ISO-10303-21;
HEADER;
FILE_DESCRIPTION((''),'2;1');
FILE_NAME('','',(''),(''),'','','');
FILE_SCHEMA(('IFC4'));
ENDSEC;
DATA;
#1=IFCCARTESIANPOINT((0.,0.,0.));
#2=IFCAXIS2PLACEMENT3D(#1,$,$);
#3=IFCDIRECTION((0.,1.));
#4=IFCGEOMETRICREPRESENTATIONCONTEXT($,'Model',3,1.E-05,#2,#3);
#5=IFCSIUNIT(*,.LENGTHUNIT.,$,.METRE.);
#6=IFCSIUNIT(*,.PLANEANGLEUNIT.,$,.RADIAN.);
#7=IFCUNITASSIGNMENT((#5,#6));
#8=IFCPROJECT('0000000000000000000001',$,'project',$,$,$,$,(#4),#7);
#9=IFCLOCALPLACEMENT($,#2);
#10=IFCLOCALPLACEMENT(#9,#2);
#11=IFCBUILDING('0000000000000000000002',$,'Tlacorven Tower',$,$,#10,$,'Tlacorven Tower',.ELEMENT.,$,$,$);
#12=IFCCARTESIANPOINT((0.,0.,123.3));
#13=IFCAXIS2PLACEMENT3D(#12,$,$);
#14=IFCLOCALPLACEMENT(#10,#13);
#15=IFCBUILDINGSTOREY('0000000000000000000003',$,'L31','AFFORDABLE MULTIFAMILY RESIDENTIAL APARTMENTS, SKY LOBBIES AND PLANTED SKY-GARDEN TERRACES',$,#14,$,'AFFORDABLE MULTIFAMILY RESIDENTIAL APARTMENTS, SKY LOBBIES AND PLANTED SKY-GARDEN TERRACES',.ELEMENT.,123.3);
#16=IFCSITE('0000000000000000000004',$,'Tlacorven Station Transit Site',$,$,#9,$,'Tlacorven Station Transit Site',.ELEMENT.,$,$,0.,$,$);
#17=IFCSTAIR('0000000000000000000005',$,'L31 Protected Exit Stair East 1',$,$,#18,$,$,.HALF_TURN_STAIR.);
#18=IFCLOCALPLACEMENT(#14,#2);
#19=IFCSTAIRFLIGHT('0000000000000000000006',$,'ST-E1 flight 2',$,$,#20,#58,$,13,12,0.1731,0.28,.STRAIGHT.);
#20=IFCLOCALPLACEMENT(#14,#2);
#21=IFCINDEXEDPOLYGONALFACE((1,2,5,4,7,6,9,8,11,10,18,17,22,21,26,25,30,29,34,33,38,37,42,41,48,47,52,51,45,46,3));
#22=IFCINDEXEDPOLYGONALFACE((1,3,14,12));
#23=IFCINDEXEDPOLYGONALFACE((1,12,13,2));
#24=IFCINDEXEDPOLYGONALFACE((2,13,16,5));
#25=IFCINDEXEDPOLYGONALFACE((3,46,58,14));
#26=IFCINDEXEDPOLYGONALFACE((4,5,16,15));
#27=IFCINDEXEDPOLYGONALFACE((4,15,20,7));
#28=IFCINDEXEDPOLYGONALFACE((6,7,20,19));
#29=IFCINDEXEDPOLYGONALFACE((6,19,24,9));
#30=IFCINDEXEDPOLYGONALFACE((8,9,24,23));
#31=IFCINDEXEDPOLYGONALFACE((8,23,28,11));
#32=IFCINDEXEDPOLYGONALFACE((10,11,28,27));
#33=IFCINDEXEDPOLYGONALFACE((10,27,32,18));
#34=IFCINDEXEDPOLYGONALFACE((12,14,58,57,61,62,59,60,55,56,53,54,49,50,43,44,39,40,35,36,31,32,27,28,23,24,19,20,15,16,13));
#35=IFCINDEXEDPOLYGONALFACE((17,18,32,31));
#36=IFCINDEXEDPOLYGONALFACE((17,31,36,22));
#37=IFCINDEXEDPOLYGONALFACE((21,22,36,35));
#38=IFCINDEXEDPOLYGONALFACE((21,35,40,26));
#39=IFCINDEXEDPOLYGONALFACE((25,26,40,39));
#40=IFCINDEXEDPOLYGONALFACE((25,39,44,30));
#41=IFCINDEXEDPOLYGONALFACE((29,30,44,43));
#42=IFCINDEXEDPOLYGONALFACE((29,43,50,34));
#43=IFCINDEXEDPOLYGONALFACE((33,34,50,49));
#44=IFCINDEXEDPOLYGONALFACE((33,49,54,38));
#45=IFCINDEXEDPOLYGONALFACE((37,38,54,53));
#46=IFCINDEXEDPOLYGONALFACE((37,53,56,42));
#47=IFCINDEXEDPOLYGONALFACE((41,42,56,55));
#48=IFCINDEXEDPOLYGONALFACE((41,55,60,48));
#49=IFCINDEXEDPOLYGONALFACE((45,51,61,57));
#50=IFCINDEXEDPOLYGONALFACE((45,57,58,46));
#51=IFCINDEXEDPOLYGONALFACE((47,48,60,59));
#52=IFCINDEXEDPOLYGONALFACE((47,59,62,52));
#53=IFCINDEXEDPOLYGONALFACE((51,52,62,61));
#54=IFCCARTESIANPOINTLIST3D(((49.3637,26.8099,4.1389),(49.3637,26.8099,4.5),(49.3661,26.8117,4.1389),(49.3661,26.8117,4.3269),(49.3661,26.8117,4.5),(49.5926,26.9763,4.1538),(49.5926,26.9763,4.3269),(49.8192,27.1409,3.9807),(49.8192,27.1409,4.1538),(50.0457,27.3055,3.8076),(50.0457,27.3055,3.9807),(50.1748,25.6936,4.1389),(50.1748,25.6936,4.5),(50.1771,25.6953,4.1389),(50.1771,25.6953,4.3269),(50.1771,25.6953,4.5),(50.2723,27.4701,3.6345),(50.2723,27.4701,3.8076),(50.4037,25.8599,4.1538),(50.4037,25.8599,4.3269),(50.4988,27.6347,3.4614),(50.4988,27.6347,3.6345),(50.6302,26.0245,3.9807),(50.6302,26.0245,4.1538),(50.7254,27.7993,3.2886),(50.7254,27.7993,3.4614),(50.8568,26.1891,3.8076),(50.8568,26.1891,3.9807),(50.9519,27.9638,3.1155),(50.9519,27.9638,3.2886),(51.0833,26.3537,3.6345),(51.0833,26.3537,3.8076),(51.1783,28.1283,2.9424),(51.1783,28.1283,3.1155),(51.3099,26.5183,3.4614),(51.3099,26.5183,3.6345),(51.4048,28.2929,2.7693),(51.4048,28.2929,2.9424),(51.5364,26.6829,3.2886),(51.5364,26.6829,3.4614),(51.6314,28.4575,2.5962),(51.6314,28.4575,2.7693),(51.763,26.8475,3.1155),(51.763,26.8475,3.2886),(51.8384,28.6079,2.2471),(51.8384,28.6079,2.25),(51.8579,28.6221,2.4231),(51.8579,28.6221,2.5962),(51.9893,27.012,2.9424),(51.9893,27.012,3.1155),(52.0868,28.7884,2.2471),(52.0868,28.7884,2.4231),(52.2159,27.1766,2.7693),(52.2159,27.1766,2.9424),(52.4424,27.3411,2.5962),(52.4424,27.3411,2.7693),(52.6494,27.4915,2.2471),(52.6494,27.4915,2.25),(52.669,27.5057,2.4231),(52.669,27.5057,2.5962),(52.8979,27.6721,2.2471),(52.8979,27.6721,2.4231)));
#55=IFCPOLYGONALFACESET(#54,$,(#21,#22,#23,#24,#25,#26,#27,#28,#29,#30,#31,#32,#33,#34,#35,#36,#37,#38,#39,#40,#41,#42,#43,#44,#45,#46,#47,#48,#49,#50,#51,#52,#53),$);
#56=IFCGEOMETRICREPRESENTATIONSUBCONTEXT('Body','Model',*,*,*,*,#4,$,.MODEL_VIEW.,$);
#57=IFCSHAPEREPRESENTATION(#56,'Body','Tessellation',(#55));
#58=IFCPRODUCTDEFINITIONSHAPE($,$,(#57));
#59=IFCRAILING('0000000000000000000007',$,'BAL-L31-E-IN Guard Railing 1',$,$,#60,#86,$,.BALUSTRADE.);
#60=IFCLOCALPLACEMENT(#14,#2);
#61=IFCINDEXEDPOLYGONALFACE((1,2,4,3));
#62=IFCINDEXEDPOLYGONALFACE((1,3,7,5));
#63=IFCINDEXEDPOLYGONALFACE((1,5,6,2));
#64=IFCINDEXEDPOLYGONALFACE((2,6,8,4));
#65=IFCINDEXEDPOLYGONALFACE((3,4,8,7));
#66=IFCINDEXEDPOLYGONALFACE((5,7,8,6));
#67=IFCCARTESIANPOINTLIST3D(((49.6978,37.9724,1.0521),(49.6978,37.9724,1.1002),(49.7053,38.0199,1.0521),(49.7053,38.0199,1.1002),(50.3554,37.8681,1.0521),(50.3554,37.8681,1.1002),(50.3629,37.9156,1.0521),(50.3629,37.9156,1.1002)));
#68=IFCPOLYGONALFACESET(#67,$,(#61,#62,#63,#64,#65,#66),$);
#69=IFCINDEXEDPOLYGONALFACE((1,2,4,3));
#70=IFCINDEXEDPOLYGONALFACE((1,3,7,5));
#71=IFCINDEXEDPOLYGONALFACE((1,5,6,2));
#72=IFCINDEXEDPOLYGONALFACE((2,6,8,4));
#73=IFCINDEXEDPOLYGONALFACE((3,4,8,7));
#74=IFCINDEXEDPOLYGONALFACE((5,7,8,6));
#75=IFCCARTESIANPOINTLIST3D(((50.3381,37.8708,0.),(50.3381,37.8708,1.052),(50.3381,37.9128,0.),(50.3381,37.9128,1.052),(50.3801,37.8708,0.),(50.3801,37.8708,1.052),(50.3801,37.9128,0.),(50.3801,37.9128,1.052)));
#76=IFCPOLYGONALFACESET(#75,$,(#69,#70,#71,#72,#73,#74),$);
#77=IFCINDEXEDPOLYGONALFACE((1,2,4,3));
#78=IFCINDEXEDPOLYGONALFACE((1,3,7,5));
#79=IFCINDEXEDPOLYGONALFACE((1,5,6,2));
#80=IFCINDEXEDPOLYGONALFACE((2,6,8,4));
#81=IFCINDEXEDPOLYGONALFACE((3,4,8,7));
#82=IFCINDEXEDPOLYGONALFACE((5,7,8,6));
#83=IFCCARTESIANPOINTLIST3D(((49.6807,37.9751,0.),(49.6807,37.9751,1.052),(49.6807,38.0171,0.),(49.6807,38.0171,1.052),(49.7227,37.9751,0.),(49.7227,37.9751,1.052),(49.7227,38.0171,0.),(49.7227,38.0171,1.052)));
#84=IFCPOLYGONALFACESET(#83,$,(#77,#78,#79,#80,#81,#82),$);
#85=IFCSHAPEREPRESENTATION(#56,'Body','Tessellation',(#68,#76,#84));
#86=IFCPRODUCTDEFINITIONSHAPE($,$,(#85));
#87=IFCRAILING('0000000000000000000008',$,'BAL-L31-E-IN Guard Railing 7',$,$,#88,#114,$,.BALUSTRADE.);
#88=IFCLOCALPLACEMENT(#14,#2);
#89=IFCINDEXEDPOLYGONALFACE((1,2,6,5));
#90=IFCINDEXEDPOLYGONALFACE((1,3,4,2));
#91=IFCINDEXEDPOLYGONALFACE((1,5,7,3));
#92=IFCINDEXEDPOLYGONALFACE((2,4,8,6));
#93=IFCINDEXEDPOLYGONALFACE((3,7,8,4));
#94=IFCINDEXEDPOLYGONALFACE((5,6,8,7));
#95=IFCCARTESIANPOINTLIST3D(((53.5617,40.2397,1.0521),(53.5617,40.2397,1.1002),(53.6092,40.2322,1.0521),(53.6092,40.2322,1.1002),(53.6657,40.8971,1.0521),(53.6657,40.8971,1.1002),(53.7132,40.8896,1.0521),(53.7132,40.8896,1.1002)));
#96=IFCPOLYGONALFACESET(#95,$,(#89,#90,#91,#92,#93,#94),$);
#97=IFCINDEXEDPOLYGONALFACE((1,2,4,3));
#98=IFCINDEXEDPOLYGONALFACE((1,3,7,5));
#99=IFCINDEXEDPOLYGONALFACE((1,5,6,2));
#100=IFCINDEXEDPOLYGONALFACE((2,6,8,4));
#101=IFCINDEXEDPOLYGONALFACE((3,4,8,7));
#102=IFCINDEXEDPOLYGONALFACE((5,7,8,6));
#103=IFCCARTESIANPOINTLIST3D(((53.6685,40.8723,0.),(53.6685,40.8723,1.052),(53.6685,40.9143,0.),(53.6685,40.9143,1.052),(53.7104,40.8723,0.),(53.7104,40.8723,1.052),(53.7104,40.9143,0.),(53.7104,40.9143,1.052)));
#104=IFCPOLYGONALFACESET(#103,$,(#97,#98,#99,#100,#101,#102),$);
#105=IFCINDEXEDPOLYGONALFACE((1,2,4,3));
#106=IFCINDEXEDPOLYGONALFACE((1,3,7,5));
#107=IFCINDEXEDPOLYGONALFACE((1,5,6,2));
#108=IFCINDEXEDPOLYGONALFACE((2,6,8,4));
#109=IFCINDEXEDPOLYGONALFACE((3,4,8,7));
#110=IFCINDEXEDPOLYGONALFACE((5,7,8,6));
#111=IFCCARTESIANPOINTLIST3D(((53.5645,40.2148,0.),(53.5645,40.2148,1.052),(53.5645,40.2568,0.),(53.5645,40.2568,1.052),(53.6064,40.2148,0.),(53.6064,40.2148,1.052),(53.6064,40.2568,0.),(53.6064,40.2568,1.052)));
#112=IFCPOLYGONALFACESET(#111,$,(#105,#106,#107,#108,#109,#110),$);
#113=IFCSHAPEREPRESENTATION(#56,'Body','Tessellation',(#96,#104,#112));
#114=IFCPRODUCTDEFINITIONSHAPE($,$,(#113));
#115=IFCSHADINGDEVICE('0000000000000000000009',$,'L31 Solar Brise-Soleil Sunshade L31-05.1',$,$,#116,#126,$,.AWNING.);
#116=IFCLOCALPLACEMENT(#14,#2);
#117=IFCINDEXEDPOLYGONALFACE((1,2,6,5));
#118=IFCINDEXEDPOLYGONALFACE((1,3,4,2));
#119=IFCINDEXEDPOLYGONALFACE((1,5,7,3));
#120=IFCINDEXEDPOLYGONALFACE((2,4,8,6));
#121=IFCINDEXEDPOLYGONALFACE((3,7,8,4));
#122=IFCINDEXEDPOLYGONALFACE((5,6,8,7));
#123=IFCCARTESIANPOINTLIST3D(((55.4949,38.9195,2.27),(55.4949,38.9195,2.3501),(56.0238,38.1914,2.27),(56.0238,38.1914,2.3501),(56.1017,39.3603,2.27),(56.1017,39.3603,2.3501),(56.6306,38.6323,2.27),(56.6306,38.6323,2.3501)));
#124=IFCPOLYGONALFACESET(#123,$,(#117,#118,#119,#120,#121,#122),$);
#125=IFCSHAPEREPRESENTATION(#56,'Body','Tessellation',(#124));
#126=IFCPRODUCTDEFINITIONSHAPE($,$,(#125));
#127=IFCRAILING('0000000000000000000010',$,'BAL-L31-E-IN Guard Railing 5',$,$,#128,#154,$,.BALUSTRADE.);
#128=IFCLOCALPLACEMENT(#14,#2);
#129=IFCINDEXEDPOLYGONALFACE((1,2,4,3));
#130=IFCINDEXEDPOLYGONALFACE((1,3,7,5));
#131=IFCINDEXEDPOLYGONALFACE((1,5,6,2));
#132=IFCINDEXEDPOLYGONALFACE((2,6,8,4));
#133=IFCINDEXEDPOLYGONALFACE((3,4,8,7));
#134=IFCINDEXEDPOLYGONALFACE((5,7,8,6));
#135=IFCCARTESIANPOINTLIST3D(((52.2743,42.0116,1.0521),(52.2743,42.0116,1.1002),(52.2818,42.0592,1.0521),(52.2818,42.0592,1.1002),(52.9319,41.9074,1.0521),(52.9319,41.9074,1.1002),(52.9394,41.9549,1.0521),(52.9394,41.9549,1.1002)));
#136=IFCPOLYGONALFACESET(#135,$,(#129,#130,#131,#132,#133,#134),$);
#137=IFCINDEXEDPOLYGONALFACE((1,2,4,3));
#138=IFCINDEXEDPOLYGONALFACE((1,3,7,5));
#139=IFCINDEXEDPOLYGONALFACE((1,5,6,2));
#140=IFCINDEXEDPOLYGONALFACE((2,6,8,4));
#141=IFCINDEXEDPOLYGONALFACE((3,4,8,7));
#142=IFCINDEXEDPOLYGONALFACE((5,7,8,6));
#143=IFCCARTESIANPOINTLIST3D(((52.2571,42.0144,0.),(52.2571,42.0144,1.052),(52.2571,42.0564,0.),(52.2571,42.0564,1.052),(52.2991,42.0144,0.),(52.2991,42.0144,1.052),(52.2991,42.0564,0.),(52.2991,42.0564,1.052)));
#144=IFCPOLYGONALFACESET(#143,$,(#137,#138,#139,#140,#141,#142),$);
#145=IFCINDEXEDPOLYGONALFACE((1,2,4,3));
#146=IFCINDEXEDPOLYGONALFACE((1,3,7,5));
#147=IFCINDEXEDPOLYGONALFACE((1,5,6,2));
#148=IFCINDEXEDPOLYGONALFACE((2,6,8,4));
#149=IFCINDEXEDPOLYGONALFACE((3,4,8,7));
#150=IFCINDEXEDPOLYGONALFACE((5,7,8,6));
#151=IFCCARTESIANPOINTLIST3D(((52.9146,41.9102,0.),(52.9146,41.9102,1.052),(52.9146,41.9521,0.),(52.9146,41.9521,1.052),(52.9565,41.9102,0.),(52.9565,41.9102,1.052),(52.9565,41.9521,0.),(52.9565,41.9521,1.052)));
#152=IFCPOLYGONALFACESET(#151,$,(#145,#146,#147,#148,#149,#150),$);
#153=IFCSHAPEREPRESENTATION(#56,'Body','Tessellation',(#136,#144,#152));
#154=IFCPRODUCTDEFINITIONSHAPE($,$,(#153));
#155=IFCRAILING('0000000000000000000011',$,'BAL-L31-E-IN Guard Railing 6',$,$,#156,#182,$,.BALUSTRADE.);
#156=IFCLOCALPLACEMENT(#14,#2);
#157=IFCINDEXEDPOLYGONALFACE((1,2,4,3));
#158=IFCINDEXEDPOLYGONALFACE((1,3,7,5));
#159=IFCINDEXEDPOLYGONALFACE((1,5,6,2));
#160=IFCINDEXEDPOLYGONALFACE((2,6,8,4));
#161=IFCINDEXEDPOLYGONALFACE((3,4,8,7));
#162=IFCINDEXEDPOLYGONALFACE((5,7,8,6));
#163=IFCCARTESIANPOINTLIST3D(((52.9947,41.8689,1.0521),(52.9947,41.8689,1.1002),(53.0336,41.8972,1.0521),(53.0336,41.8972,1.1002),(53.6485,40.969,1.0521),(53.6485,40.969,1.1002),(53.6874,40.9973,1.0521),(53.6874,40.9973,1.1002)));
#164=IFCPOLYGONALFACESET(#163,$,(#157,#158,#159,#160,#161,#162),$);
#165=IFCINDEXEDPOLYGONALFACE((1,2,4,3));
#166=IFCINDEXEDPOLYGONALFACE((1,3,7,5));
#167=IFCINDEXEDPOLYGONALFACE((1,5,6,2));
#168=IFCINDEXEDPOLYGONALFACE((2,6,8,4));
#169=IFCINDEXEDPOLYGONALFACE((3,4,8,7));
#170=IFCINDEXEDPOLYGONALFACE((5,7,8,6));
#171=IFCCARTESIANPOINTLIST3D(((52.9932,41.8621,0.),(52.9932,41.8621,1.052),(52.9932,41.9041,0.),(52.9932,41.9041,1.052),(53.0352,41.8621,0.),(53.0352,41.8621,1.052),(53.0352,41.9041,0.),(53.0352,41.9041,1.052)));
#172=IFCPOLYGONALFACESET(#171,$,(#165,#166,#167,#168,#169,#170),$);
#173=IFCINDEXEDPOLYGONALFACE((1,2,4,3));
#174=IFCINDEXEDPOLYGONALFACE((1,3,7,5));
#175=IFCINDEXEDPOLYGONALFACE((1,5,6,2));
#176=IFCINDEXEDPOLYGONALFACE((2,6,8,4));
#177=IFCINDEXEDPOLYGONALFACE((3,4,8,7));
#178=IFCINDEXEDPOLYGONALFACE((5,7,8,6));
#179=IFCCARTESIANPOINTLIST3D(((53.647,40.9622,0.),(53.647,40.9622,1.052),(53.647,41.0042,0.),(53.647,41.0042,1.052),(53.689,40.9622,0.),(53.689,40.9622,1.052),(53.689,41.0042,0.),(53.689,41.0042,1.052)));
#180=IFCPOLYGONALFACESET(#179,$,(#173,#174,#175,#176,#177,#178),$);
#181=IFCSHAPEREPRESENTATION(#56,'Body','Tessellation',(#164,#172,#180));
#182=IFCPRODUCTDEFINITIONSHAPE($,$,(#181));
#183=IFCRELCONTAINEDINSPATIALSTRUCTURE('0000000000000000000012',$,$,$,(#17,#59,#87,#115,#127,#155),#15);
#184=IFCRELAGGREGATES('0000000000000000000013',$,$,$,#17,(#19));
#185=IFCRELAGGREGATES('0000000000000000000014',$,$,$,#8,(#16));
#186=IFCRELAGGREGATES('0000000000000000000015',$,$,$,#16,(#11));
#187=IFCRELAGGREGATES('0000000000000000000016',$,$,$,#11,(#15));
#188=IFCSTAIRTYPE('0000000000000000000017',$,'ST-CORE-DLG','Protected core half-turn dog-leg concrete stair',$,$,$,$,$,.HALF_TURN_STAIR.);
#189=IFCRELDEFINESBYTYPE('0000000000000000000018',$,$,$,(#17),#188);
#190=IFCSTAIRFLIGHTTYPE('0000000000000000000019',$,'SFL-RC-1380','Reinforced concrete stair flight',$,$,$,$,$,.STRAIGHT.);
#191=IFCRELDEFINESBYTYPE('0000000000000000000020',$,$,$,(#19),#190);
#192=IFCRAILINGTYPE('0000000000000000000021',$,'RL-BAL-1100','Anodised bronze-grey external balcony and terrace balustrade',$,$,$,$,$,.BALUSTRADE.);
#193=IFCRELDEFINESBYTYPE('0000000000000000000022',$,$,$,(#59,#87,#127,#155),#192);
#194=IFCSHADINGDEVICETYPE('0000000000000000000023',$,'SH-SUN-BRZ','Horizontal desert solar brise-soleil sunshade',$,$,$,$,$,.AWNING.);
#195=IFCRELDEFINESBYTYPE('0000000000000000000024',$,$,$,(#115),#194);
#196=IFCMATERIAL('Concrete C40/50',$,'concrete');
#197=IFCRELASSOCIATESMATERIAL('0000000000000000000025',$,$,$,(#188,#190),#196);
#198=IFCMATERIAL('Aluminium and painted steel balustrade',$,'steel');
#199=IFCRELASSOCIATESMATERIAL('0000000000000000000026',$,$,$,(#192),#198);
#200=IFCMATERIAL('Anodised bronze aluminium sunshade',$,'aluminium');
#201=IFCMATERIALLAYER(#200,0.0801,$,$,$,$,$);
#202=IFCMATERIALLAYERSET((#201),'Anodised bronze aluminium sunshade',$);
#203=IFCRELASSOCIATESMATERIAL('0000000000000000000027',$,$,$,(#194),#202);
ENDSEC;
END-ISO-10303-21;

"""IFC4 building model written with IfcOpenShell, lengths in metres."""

from ifc_helpers import new_model, si_unit, direction, frame, origin, origin_2d, place, context, subcontext, project, spatial, polyline, rectangle, outline, extrude, source, transform, mapped, material, layer, layer_set, type_object, element, aggregate, save


model = new_model("IFC4")

# Units and contexts
model_context = context("Model", 3, precision=1e-05, world=origin(), true_north=direction((0.0, 1.0)))
body_context = subcontext(model_context, "Body", "Model", "MODEL_VIEW")
ifc_project = project(units=[si_unit("LENGTHUNIT", "METRE"), si_unit("PLANEANGLEUNIT", "RADIAN")], contexts=[model_context])

# Site, building, storey
site_placement = place(None, origin())
site = spatial("IfcSite", under=ifc_project, at=site_placement, Name="Tlacorven Station Transit Site", LongName="Tlacorven Station Transit Site", CompositionType="ELEMENT", RefElevation=0.0)
building_placement = place(site_placement, origin())
building = spatial("IfcBuilding", under=site, at=building_placement, Name="Tlacorven Tower", LongName="Tlacorven Tower", CompositionType="ELEMENT")
storey_placement = place(building_placement, frame((0.0, 0.0, 123.3)))
storey = spatial("IfcBuildingStorey", under=building, at=storey_placement, Name="L31", Description="AFFORDABLE MULTIFAMILY RESIDENTIAL APARTMENTS, SKY LOBBIES AND PLANTED SKY-GARDEN TERRACES", LongName="AFFORDABLE MULTIFAMILY RESIDENTIAL APARTMENTS, SKY LOBBIES AND PLANTED SKY-GARDEN TERRACES", CompositionType="ELEMENT", Elevation=123.3)

# Stair, stair flight
ifc_material_1 = material(Name="Concrete C40/50", Category="concrete")
stair_type = type_object("IfcStairType", Name="ST-CORE-DLG", Description="Protected core half-turn dog-leg concrete stair", PredefinedType="HALF_TURN_STAIR", material=ifc_material_1)
stair_placement = place(storey_placement, origin())
stair = element("IfcStair", 1, at=stair_placement, inside=storey, type_object=stair_type, Name="L31 Protected Exit Stair East 1", PredefinedType="HALF_TURN_STAIR")
stair_flight_type = type_object("IfcStairFlightType", Name="SFL-RC-1380", Description="Reinforced concrete stair flight", PredefinedType="STRAIGHT", material=ifc_material_1)
shared_shape_1 = source(origin(), body_context, "Body", "SweptSolid", [
    extrude(outline(polyline([(-0.0029, -0.0029), (-0.0029, 0.1731), (0.28, 0.1731), (0.28, 0.3462), (0.5601, 0.3462), (0.5601, 0.5193), (0.8401, 0.5193), (0.8401, 0.6924), (1.1201, 0.6924), (1.1201, 0.8655), (1.3999, 0.8655), (1.3999, 1.0386), (1.6799, 1.0386), (1.6799, 1.2114), (1.96, 1.2114), (1.96, 1.3845), (2.24, 1.3845), (2.24, 1.5576), (2.52, 1.5576), (2.52, 1.7307), (2.8, 1.7307), (2.8, 1.9038), (3.0801, 1.9038), (3.0801, 2.0769), (3.3601, 2.0769), (3.3601, 2.25), (3.363, 2.25), (3.363, 1.8889), (3.3601, 1.8889), (0.3042, 0.0), (0.3042, -0.0029), (-0.0029, -0.0029)])), frame((0.0, 0.6899, 0.0), z_axis=(0.0, -1.0, 0.0), x_axis=(1.0, 0.0, 0.0)), (0.0, 0.0, 1.0), 1.3799),
])
stair_flight_placement = place(storey_placement, frame((52.49, 28.2285, 2.25), z_axis=(0.0, 0.0, 1.0), x_axis=(-0.809017, -0.587785, 0.0)))
stair_flight = element("IfcStairFlight", 2, at=stair_flight_placement, type_object=stair_flight_type, Name="ST-E1 flight 2", NumberOfRisers=13, NumberOfTreads=12, PredefinedType="STRAIGHT", RiserHeight=0.1731, TreadLength=0.28, context=body_context, shape_type="MappedRepresentation", body=[
    mapped(shared_shape_1, transform((0.0, 0.0, 0.0), scale=1.0)),
])
aggregate(stair, [stair_flight])

# Railings
ifc_material_2 = material(Name="Aluminium and painted steel balustrade", Category="steel")
railing_type_1 = type_object("IfcRailingType", Name="RL-BAL-1100", Description="Anodised bronze-grey external balcony and terrace balustrade", PredefinedType="BALUSTRADE", material=ifc_material_2)
shared_shape_2 = source(origin(), body_context, "Body", "SweptSolid", [
    extrude(rectangle(XDim=0.0481, YDim=0.0481, at=origin_2d()), frame((0.0, 0.0, 1.0762), z_axis=(-0.987662, 0.156603, 0.0), x_axis=(-0.156603, -0.987662, 0.0)), (0.0, 0.0, 1.0), 0.6658),
    extrude(rectangle(XDim=0.042, YDim=0.042, at=origin_2d()), origin(), (0.0, 0.0, 1.0), 1.052),
    extrude(rectangle(XDim=0.042, YDim=0.042, at=origin_2d()), frame((-0.6575, 0.1042, 0.0)), (0.0, 0.0, 1.0), 1.052),
])
railing_1_placement = place(storey_placement, frame((50.3591, 37.8918, 0.0)))
element("IfcRailing", 3, at=railing_1_placement, inside=storey, type_object=railing_type_1, Name="BAL-L31-E-IN Guard Railing 1", PredefinedType="BALUSTRADE", context=body_context, shape_type="MappedRepresentation", body=[
    mapped(shared_shape_2, transform((0.0, 0.0, 0.0), scale=1.0)),
])
shared_shape_3 = source(origin(), body_context, "Body", "SweptSolid", [
    extrude(rectangle(XDim=0.0481, YDim=0.0481, at=origin_2d()), frame((0.0, 0.0, 1.0762), z_axis=(-0.156245, -0.987718, 0.0), x_axis=(0.987718, -0.156245, 0.0)), (0.0, 0.0, 1.0), 0.6655),
    extrude(rectangle(XDim=0.042, YDim=0.042, at=origin_2d()), origin(), (0.0, 0.0, 1.0), 1.052),
    extrude(rectangle(XDim=0.042, YDim=0.042, at=origin_2d()), frame((-0.104, -0.6575, 0.0)), (0.0, 0.0, 1.0), 1.052),
])
railing_2_placement = place(storey_placement, frame((53.6895, 40.8933, 0.0)))
element("IfcRailing", 4, at=railing_2_placement, inside=storey, type_object=railing_type_1, Name="BAL-L31-E-IN Guard Railing 7", PredefinedType="BALUSTRADE", context=body_context, shape_type="MappedRepresentation", body=[
    mapped(shared_shape_3, transform((0.0, 0.0, 0.0), scale=1.0)),
])

# Shading device
ifc_material_3 = material(Name="Anodised bronze aluminium sunshade", Category="aluminium")
ifc_layer_1 = layer(ifc_material_3, 0.0801)
ifc_layer_set_1 = layer_set([ifc_layer_1], Name="Anodised bronze aluminium sunshade")
shading_device_type = type_object("IfcShadingDeviceType", Name="SH-SUN-BRZ", Description="Horizontal desert solar brise-soleil sunshade", PredefinedType="AWNING", material=ifc_layer_set_1)
shared_shape_4 = source(origin(), body_context, "Body", "SweptSolid", [
    extrude(rectangle(XDim=0.8999, YDim=0.75, at=origin_2d()), origin(), (0.0, 0.0, 1.0), 0.0801),
])
shading_device_placement = place(storey_placement, frame((56.0627, 38.7759, 2.27), z_axis=(0.0, 0.0, 1.0), x_axis=(0.587785, -0.809017, 0.0)))
element("IfcShadingDevice", 5, at=shading_device_placement, inside=storey, type_object=shading_device_type, Name="L31 Solar Brise-Soleil Sunshade L31-05.1", PredefinedType="AWNING", context=body_context, shape_type="MappedRepresentation", body=[
    mapped(shared_shape_4, transform((0.0, 0.0, 0.0), scale=1.0)),
])

# Railings
shared_shape_5 = source(origin(), body_context, "Body", "SweptSolid", [
    extrude(rectangle(XDim=0.0481, YDim=0.0481, at=origin_2d()), frame((0.0, 0.0, 1.0762), z_axis=(0.987662, -0.156603, 0.0), x_axis=(0.156603, 0.987662, 0.0)), (0.0, 0.0, 1.0), 0.6658),
    extrude(rectangle(XDim=0.042, YDim=0.042, at=origin_2d()), origin(), (0.0, 0.0, 1.0), 1.052),
    extrude(rectangle(XDim=0.042, YDim=0.042, at=origin_2d()), frame((0.6575, -0.1042, 0.0)), (0.0, 0.0, 1.0), 1.052),
])
railing_3_placement = place(storey_placement, frame((52.2781, 42.0354, 0.0)))
element("IfcRailing", 6, at=railing_3_placement, inside=storey, type_object=railing_type_1, Name="BAL-L31-E-IN Guard Railing 5", PredefinedType="BALUSTRADE", context=body_context, shape_type="MappedRepresentation", body=[
    mapped(shared_shape_5, transform((0.0, 0.0, 0.0), scale=1.0)),
])
shared_shape_6 = source(origin(), body_context, "Body", "SweptSolid", [
    extrude(rectangle(XDim=0.0481, YDim=0.0481, at=origin_2d()), frame((0.0, 0.0, 1.0762), z_axis=(0.58778, -0.809021, 0.0), x_axis=(0.809021, 0.58778, 0.0)), (0.0, 0.0, 1.0), 1.1123),
    extrude(rectangle(XDim=0.042, YDim=0.042, at=origin_2d()), origin(), (0.0, 0.0, 1.0), 1.052),
    extrude(rectangle(XDim=0.042, YDim=0.042, at=origin_2d()), frame((0.6538, -0.8999, 0.0)), (0.0, 0.0, 1.0), 1.052),
])
railing_4_placement = place(storey_placement, frame((53.0142, 41.8831, 0.0)))
element("IfcRailing", 7, at=railing_4_placement, inside=storey, type_object=railing_type_1, Name="BAL-L31-E-IN Guard Railing 6", PredefinedType="BALUSTRADE", context=body_context, shape_type="MappedRepresentation", body=[
    mapped(shared_shape_6, transform((0.0, 0.0, 0.0), scale=1.0)),
])

save(model, "model.ifc")
